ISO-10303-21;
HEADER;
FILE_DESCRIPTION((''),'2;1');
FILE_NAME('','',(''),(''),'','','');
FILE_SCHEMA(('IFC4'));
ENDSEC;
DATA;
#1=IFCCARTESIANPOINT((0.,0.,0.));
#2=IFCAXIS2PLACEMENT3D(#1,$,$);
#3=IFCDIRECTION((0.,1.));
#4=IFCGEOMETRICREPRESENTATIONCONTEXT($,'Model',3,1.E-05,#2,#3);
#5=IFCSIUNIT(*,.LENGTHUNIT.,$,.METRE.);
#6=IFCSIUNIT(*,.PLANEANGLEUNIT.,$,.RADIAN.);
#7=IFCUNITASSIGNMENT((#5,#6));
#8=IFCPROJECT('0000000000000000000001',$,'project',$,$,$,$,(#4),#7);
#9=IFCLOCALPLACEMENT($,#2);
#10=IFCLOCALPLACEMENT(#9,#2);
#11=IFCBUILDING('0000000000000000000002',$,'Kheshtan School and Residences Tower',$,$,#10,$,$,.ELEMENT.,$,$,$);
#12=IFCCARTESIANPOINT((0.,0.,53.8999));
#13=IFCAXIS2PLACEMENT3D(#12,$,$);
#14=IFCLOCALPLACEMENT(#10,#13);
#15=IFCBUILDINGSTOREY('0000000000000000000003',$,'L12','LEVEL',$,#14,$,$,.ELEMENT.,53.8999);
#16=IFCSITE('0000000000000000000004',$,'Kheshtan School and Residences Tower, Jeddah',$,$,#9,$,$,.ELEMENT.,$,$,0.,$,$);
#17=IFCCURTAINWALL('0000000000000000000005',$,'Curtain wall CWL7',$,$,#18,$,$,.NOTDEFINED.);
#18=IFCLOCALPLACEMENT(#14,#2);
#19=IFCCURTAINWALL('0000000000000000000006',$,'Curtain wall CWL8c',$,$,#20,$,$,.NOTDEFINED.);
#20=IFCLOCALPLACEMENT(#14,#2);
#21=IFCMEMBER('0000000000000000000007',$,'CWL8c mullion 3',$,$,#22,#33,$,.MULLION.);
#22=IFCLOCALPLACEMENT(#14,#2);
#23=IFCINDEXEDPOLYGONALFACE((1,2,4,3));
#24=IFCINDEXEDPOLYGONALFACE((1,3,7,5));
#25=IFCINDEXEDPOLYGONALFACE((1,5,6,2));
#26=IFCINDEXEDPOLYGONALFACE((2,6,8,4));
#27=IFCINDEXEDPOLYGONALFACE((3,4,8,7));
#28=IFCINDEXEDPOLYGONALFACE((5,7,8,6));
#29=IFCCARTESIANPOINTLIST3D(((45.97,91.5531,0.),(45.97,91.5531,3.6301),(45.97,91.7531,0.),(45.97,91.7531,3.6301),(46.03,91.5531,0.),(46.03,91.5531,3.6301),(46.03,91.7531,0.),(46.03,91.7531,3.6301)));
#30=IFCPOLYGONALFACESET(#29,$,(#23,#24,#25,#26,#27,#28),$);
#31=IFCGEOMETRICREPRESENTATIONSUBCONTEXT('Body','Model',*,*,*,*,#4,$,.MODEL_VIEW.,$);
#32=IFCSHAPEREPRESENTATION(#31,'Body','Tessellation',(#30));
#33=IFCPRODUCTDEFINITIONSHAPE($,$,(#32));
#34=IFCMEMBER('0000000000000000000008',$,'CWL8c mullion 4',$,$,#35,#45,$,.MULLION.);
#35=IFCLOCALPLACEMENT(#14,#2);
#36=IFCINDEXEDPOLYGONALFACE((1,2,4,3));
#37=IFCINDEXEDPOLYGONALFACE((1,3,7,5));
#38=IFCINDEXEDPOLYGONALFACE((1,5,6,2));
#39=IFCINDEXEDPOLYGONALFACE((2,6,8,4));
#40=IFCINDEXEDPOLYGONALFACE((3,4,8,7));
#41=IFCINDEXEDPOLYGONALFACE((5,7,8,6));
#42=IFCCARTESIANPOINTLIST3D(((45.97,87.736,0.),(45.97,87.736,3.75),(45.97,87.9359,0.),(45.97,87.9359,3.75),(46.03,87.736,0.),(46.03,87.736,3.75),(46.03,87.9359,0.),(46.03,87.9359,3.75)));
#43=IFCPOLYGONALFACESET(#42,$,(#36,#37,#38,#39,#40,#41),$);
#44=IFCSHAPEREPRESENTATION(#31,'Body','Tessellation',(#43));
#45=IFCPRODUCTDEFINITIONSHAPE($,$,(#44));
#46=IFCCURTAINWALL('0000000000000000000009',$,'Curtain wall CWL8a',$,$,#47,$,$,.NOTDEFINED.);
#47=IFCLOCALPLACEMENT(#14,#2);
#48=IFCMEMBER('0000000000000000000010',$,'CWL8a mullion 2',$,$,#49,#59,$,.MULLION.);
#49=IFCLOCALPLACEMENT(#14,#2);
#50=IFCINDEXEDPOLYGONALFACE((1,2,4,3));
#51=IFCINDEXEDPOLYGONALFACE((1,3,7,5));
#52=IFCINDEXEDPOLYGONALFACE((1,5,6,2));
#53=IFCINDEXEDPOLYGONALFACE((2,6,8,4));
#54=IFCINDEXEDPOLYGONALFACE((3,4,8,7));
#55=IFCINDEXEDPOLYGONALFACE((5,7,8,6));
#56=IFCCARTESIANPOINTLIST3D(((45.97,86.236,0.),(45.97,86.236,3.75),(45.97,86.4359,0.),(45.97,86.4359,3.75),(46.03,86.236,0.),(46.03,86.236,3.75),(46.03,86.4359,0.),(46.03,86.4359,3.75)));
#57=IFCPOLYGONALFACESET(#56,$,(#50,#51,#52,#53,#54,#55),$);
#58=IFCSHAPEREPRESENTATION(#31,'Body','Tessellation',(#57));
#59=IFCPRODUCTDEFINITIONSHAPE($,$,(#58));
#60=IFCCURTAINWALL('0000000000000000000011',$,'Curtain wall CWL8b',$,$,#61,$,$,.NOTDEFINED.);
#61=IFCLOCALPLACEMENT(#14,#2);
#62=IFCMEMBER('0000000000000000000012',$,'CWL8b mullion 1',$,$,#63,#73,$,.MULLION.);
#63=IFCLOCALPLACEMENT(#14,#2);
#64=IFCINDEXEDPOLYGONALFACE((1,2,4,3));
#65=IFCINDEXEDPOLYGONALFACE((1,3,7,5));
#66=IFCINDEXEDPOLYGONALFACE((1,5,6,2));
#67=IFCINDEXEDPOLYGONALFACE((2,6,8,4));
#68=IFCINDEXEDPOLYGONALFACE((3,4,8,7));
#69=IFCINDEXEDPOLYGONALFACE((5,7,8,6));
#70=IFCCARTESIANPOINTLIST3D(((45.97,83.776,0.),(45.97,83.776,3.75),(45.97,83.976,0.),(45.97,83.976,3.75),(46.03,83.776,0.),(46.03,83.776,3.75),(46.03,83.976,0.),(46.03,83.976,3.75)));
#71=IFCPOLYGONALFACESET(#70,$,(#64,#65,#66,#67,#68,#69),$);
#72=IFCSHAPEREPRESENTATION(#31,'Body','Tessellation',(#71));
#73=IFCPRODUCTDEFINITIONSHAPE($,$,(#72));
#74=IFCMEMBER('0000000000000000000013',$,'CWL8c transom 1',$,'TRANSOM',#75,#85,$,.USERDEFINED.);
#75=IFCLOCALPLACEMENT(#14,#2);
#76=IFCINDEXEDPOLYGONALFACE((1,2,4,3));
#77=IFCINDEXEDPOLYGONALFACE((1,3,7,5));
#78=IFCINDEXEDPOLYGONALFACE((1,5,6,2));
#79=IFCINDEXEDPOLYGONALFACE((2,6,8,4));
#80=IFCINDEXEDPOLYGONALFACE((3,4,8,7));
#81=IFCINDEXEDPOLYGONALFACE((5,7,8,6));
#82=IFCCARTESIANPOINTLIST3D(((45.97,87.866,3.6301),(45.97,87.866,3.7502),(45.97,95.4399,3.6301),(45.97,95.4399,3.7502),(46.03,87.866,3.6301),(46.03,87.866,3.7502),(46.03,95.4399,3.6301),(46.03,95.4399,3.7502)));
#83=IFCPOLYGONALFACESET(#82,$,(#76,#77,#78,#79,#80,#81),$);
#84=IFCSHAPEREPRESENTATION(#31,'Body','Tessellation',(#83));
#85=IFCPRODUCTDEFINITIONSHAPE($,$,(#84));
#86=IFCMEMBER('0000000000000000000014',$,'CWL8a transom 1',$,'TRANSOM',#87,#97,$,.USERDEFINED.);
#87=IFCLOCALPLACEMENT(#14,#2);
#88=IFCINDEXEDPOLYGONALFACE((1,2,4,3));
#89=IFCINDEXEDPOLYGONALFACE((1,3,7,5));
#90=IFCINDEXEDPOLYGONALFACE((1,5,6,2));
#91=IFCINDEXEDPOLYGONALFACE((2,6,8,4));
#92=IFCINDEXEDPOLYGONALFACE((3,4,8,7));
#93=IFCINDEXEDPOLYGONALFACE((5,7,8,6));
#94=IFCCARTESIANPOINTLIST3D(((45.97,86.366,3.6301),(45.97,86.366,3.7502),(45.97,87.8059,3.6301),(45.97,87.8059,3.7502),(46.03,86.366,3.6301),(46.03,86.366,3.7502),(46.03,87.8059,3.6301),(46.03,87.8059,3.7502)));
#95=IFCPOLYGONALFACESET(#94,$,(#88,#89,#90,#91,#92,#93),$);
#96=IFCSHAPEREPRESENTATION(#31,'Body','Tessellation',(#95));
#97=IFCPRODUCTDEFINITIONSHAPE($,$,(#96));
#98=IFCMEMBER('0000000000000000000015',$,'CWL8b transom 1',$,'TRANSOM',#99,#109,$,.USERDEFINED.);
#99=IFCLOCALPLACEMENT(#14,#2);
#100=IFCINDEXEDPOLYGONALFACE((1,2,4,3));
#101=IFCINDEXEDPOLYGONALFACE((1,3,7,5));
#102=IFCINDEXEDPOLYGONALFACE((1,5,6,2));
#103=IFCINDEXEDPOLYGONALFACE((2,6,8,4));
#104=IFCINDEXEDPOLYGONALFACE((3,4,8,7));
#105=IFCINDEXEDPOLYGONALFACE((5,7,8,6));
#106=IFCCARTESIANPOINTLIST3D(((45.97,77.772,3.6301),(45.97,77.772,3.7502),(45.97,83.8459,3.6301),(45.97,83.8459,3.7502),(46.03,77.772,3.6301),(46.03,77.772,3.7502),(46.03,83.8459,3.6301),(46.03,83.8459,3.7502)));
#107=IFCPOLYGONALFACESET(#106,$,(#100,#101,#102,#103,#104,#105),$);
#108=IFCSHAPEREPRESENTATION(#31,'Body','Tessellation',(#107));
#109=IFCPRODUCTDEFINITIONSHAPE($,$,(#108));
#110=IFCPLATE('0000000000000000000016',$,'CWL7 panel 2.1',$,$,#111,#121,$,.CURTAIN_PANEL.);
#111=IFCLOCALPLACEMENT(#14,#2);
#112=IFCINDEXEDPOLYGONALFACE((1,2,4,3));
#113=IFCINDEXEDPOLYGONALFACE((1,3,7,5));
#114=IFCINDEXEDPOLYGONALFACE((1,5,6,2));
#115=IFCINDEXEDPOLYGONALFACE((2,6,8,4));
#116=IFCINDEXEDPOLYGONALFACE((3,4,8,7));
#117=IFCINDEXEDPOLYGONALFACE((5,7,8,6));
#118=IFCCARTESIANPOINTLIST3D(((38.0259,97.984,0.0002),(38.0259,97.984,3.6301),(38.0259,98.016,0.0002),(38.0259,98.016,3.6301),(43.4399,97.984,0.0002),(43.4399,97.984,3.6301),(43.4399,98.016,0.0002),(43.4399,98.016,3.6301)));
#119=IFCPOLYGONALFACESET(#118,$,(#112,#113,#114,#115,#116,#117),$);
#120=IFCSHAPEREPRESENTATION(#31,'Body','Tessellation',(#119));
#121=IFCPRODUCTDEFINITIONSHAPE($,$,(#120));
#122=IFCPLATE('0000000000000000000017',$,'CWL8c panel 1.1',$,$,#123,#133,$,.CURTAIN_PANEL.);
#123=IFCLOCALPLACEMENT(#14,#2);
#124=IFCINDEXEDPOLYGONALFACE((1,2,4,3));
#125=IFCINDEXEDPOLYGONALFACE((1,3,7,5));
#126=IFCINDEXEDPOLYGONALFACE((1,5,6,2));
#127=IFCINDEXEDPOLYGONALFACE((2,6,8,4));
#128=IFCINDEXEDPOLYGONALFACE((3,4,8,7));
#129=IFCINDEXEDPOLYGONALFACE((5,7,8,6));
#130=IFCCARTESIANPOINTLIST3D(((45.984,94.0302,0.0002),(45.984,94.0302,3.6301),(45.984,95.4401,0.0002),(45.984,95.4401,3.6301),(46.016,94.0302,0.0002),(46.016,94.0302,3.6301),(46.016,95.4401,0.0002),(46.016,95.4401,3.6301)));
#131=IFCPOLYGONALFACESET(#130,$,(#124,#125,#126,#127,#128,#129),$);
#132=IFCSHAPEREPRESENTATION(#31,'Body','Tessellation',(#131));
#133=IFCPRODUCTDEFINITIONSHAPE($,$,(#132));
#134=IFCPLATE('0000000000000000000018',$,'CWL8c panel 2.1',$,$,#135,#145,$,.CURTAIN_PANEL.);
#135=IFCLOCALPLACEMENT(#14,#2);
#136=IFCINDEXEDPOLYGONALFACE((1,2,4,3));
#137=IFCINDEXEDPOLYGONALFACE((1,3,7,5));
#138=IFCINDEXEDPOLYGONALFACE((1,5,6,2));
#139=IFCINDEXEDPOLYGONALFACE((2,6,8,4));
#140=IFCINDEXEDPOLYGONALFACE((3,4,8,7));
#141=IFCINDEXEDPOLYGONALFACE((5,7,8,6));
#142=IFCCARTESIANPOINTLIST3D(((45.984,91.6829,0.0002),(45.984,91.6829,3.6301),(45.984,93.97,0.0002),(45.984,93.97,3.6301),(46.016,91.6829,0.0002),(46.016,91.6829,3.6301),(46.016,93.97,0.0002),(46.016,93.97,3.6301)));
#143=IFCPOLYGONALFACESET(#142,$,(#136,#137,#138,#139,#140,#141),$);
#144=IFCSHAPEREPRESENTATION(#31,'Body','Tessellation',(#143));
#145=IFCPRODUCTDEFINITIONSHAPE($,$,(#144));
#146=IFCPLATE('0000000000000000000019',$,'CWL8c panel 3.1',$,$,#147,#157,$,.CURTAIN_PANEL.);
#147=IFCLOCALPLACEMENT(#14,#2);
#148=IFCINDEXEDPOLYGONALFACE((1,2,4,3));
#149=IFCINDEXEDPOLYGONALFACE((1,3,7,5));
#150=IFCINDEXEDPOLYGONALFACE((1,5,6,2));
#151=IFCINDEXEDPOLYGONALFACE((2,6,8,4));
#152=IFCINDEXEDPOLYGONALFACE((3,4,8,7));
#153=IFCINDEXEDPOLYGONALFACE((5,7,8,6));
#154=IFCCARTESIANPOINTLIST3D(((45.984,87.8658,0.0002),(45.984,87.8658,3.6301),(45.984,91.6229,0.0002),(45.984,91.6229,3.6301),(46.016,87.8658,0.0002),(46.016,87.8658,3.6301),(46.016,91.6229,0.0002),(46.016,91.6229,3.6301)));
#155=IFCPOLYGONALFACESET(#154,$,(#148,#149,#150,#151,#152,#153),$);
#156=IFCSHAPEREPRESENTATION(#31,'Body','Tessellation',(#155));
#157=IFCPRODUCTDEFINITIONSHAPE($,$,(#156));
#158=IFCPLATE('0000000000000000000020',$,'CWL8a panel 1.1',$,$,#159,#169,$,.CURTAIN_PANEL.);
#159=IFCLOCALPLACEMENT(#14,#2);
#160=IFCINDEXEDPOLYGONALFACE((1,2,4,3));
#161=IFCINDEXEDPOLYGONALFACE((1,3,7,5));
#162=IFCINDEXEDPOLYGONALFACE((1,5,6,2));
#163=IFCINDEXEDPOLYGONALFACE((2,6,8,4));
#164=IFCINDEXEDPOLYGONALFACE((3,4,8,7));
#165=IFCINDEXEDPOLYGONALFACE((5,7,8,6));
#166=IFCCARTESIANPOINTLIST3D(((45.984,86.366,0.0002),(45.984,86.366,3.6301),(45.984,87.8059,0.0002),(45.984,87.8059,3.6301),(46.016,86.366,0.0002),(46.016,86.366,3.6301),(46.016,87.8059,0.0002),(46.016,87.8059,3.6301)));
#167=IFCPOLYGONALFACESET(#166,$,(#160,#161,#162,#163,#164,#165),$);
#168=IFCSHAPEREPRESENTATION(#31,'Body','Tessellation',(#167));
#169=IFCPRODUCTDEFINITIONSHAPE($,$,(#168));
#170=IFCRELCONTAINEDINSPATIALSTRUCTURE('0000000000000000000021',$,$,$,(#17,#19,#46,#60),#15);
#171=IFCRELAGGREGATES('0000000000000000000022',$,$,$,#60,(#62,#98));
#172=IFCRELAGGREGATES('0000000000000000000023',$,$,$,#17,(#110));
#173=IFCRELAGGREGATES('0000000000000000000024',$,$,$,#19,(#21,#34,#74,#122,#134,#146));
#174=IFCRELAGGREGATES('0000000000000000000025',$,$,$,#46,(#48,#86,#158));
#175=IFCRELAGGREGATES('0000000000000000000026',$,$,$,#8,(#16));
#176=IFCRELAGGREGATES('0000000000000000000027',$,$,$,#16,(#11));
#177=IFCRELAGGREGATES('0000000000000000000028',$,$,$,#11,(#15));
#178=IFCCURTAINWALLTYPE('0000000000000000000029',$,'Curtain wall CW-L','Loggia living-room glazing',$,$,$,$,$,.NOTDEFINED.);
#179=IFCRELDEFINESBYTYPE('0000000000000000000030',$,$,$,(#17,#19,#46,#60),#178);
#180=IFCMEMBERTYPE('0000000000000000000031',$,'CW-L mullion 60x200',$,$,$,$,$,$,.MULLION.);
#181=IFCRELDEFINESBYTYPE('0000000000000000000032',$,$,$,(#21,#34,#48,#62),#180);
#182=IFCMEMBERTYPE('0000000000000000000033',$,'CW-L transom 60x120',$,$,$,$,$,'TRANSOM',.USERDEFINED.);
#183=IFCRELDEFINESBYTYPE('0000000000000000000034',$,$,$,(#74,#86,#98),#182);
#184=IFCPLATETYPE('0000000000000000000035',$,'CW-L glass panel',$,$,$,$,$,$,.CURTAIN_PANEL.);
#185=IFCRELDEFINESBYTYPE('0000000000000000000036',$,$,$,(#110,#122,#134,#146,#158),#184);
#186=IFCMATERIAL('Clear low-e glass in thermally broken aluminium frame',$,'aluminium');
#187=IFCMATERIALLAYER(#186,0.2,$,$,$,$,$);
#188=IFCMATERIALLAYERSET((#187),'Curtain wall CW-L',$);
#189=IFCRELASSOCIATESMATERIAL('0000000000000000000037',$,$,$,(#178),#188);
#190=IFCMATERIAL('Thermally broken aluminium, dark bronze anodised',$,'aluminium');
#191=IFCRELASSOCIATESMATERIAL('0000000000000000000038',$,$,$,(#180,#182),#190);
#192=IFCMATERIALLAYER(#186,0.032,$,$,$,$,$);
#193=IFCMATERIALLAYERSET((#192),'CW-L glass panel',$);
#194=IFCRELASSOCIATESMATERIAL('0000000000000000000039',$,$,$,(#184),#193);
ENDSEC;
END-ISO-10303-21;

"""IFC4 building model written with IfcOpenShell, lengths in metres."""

from ifc_helpers import new_model, si_unit, direction, frame, origin, origin_2d, place, context, subcontext, project, spatial, rectangle, extrude, material, layer, layer_set, material_profile, profile_set, type_object, element, aggregate, save


model = new_model("IFC4")

# Units and contexts
model_context = context("Model", 3, precision=1e-05, world=origin(), true_north=direction((0.0, 1.0)))
body_context = subcontext(model_context, "Body", "Model", "MODEL_VIEW")
ifc_project = project(units=[si_unit("LENGTHUNIT", "METRE"), si_unit("PLANEANGLEUNIT", "RADIAN")], contexts=[model_context])

# Site, building, storey
site_placement = place(None, origin())
site = spatial("IfcSite", under=ifc_project, at=site_placement, Name="Kheshtan School and Residences Tower, Jeddah", CompositionType="ELEMENT", RefElevation=0.0)
building_placement = place(site_placement, origin())
building = spatial("IfcBuilding", under=site, at=building_placement, Name="Kheshtan School and Residences Tower", CompositionType="ELEMENT")
storey_placement = place(building_placement, frame((0.0, 0.0, 53.8999)))
storey = spatial("IfcBuildingStorey", under=building, at=storey_placement, Name="L12", Description="LEVEL", CompositionType="ELEMENT", Elevation=53.8999)

# Curtain walls, members
ifc_material_1 = material(Name="Clear low-e glass in thermally broken aluminium frame", Category="aluminium")
ifc_layer_1 = layer(ifc_material_1, 0.2)
ifc_layer_set_1 = layer_set([ifc_layer_1], Name="Curtain wall CW-L")
curtain_wall_type = type_object("IfcCurtainWallType", Name="Curtain wall CW-L", Description="Loggia living-room glazing", PredefinedType="NOTDEFINED", material=ifc_layer_set_1)
curtain_wall_1_placement = place(storey_placement, origin())
curtain_wall_1 = element("IfcCurtainWall", 1, at=curtain_wall_1_placement, inside=storey, type_object=curtain_wall_type, Name="Curtain wall CWL7", PredefinedType="NOTDEFINED")
ifc_material_2 = material(Name="Thermally broken aluminium, dark bronze anodised", Category="aluminium")
ifc_material_profile_1 = material_profile(ifc_material_2, rectangle(XDim=0.0601, YDim=0.2, at=origin_2d()), Name="CW-L mullion 60x200")
ifc_profile_set_1 = profile_set([ifc_material_profile_1], Name="Thermally broken aluminium, dark bronze anodised")
member_type_1 = type_object("IfcMemberType", Name="CW-L mullion 60x200", PredefinedType="MULLION", material=ifc_profile_set_1)
curtain_wall_2_placement = place(storey_placement, origin())
curtain_wall_2 = element("IfcCurtainWall", 2, at=curtain_wall_2_placement, inside=storey, type_object=curtain_wall_type, Name="Curtain wall CWL8c", PredefinedType="NOTDEFINED")
member_1_placement = place(storey_placement, frame((46.0, 91.6531, 0.0), z_axis=(0.0, 0.0, 1.0), x_axis=(1.0, 0.0, 0.0)))
member_1 = element("IfcMember", 3, at=member_1_placement, type_object=member_type_1, Name="CWL8c mullion 3", PredefinedType="MULLION", context=body_context, shape_type="SweptSolid", body=[
    extrude(rectangle(XDim=0.0601, YDim=0.2, at=origin_2d()), origin(), (0.0, 0.0, 1.0), 3.6301),
])
member_2_placement = place(storey_placement, frame((46.0, 87.8359, 0.0), z_axis=(0.0, 0.0, 1.0), x_axis=(1.0, 0.0, 0.0)))
member_2 = element("IfcMember", 4, at=member_2_placement, type_object=member_type_1, Name="CWL8c mullion 4", PredefinedType="MULLION", context=body_context, shape_type="SweptSolid", body=[
    extrude(rectangle(XDim=0.0601, YDim=0.2, at=origin_2d()), origin(), (0.0, 0.0, 1.0), 3.75),
])

# Curtain walls, members
curtain_wall_3_placement = place(storey_placement, origin())
curtain_wall_3 = element("IfcCurtainWall", 5, at=curtain_wall_3_placement, inside=storey, type_object=curtain_wall_type, Name="Curtain wall CWL8a", PredefinedType="NOTDEFINED")
member_3_placement = place(storey_placement, frame((46.0, 86.3359, 0.0), z_axis=(0.0, 0.0, 1.0), x_axis=(1.0, 0.0, 0.0)))
member_3 = element("IfcMember", 6, at=member_3_placement, type_object=member_type_1, Name="CWL8a mullion 2", PredefinedType="MULLION", context=body_context, shape_type="SweptSolid", body=[
    extrude(rectangle(XDim=0.0601, YDim=0.2, at=origin_2d()), origin(), (0.0, 0.0, 1.0), 3.75),
])
curtain_wall_4_placement = place(storey_placement, origin())
curtain_wall_4 = element("IfcCurtainWall", 7, at=curtain_wall_4_placement, inside=storey, type_object=curtain_wall_type, Name="Curtain wall CWL8b", PredefinedType="NOTDEFINED")
member_4_placement = place(storey_placement, frame((46.0, 83.876, 0.0), z_axis=(0.0, 0.0, 1.0), x_axis=(1.0, 0.0, 0.0)))
member_4 = element("IfcMember", 8, at=member_4_placement, type_object=member_type_1, Name="CWL8b mullion 1", PredefinedType="MULLION", context=body_context, shape_type="SweptSolid", body=[
    extrude(rectangle(XDim=0.0601, YDim=0.2, at=origin_2d()), origin(), (0.0, 0.0, 1.0), 3.75),
])

# Members
ifc_material_profile_2 = material_profile(ifc_material_2, rectangle(XDim=0.0601, YDim=0.1201, at=origin_2d()), Name="CW-L transom 60x120")
ifc_profile_set_2 = profile_set([ifc_material_profile_2], Name="Thermally broken aluminium, dark bronze anodised")
member_type_2 = type_object("IfcMemberType", Name="CW-L transom 60x120", ElementType="TRANSOM", PredefinedType="USERDEFINED", material=ifc_profile_set_2)
member_5_placement = place(storey_placement, frame((46.0, 95.4399, 3.6902), z_axis=(0.0, -1.0, 0.0), x_axis=(1.0, 0.0, 0.0)))
member_5 = element("IfcMember", 9, at=member_5_placement, type_object=member_type_2, Name="CWL8c transom 1", ObjectType="TRANSOM", PredefinedType="USERDEFINED", context=body_context, shape_type="SweptSolid", body=[
    extrude(rectangle(XDim=0.0601, YDim=0.1201, at=origin_2d()), origin(), (0.0, 0.0, 1.0), 7.574),
])
member_6_placement = place(storey_placement, frame((46.0, 87.8059, 3.6902), z_axis=(0.0, -1.0, 0.0), x_axis=(1.0, 0.0, 0.0)))
member_6 = element("IfcMember", 10, at=member_6_placement, type_object=member_type_2, Name="CWL8a transom 1", ObjectType="TRANSOM", PredefinedType="USERDEFINED", context=body_context, shape_type="SweptSolid", body=[
    extrude(rectangle(XDim=0.0601, YDim=0.1201, at=origin_2d()), origin(), (0.0, 0.0, 1.0), 1.4399),
])
member_7_placement = place(storey_placement, frame((46.0, 83.8459, 3.6902), z_axis=(0.0, -1.0, 0.0), x_axis=(1.0, 0.0, 0.0)))
member_7 = element("IfcMember", 11, at=member_7_placement, type_object=member_type_2, Name="CWL8b transom 1", ObjectType="TRANSOM", PredefinedType="USERDEFINED", context=body_context, shape_type="SweptSolid", body=[
    extrude(rectangle(XDim=0.0601, YDim=0.1201, at=origin_2d()), origin(), (0.0, 0.0, 1.0), 6.074),
])
aggregate(curtain_wall_4, [member_4, member_7])

# Plates
ifc_layer_2 = layer(ifc_material_1, 0.032)
ifc_layer_set_2 = layer_set([ifc_layer_2], Name="CW-L glass panel")
plate_type = type_object("IfcPlateType", Name="CW-L glass panel", PredefinedType="CURTAIN_PANEL", material=ifc_layer_set_2)
plate_1_placement = place(storey_placement, frame((40.7329, 98.0, 0.0002), z_axis=(0.0, 0.0, 1.0), x_axis=(1.0, 0.0, 0.0)))
plate_1 = element("IfcPlate", 12, at=plate_1_placement, type_object=plate_type, Name="CWL7 panel 2.1", PredefinedType="CURTAIN_PANEL", context=body_context, shape_type="SweptSolid", body=[
    extrude(rectangle(XDim=5.4141, YDim=0.032, at=origin_2d()), origin(), (0.0, 0.0, 1.0), 3.6299),
])
aggregate(curtain_wall_1, [plate_1])
plate_2_placement = place(storey_placement, frame((46.0, 94.7351, 0.0002), z_axis=(0.0, 0.0, 1.0), x_axis=(0.0, -1.0, 0.0)))
plate_2 = element("IfcPlate", 13, at=plate_2_placement, type_object=plate_type, Name="CWL8c panel 1.1", PredefinedType="CURTAIN_PANEL", context=body_context, shape_type="SweptSolid", body=[
    extrude(rectangle(XDim=1.4099, YDim=0.032, at=origin_2d()), origin(), (0.0, 0.0, 1.0), 3.6299),
])
plate_3_placement = place(storey_placement, frame((46.0, 92.8264, 0.0002), z_axis=(0.0, 0.0, 1.0), x_axis=(0.0, -1.0, 0.0)))
plate_3 = element("IfcPlate", 14, at=plate_3_placement, type_object=plate_type, Name="CWL8c panel 2.1", PredefinedType="CURTAIN_PANEL", context=body_context, shape_type="SweptSolid", body=[
    extrude(rectangle(XDim=2.2871, YDim=0.032, at=origin_2d()), origin(), (0.0, 0.0, 1.0), 3.6299),
])
plate_4_placement = place(storey_placement, frame((46.0, 89.7444, 0.0002), z_axis=(0.0, 0.0, 1.0), x_axis=(0.0, -1.0, 0.0)))
plate_4 = element("IfcPlate", 15, at=plate_4_placement, type_object=plate_type, Name="CWL8c panel 3.1", PredefinedType="CURTAIN_PANEL", context=body_context, shape_type="SweptSolid", body=[
    extrude(rectangle(XDim=3.7571, YDim=0.032, at=origin_2d()), origin(), (0.0, 0.0, 1.0), 3.6299),
])
aggregate(curtain_wall_2, [member_1, member_2, member_5, plate_2, plate_3, plate_4])
plate_5_placement = place(storey_placement, frame((46.0, 87.0859, 0.0002), z_axis=(0.0, 0.0, 1.0), x_axis=(0.0, -1.0, 0.0)))
plate_5 = element("IfcPlate", 16, at=plate_5_placement, type_object=plate_type, Name="CWL8a panel 1.1", PredefinedType="CURTAIN_PANEL", context=body_context, shape_type="SweptSolid", body=[
    extrude(rectangle(XDim=1.4399, YDim=0.032, at=origin_2d()), origin(), (0.0, 0.0, 1.0), 3.6299),
])
aggregate(curtain_wall_3, [member_3, member_6, plate_5])

save(model, "model.ifc")
